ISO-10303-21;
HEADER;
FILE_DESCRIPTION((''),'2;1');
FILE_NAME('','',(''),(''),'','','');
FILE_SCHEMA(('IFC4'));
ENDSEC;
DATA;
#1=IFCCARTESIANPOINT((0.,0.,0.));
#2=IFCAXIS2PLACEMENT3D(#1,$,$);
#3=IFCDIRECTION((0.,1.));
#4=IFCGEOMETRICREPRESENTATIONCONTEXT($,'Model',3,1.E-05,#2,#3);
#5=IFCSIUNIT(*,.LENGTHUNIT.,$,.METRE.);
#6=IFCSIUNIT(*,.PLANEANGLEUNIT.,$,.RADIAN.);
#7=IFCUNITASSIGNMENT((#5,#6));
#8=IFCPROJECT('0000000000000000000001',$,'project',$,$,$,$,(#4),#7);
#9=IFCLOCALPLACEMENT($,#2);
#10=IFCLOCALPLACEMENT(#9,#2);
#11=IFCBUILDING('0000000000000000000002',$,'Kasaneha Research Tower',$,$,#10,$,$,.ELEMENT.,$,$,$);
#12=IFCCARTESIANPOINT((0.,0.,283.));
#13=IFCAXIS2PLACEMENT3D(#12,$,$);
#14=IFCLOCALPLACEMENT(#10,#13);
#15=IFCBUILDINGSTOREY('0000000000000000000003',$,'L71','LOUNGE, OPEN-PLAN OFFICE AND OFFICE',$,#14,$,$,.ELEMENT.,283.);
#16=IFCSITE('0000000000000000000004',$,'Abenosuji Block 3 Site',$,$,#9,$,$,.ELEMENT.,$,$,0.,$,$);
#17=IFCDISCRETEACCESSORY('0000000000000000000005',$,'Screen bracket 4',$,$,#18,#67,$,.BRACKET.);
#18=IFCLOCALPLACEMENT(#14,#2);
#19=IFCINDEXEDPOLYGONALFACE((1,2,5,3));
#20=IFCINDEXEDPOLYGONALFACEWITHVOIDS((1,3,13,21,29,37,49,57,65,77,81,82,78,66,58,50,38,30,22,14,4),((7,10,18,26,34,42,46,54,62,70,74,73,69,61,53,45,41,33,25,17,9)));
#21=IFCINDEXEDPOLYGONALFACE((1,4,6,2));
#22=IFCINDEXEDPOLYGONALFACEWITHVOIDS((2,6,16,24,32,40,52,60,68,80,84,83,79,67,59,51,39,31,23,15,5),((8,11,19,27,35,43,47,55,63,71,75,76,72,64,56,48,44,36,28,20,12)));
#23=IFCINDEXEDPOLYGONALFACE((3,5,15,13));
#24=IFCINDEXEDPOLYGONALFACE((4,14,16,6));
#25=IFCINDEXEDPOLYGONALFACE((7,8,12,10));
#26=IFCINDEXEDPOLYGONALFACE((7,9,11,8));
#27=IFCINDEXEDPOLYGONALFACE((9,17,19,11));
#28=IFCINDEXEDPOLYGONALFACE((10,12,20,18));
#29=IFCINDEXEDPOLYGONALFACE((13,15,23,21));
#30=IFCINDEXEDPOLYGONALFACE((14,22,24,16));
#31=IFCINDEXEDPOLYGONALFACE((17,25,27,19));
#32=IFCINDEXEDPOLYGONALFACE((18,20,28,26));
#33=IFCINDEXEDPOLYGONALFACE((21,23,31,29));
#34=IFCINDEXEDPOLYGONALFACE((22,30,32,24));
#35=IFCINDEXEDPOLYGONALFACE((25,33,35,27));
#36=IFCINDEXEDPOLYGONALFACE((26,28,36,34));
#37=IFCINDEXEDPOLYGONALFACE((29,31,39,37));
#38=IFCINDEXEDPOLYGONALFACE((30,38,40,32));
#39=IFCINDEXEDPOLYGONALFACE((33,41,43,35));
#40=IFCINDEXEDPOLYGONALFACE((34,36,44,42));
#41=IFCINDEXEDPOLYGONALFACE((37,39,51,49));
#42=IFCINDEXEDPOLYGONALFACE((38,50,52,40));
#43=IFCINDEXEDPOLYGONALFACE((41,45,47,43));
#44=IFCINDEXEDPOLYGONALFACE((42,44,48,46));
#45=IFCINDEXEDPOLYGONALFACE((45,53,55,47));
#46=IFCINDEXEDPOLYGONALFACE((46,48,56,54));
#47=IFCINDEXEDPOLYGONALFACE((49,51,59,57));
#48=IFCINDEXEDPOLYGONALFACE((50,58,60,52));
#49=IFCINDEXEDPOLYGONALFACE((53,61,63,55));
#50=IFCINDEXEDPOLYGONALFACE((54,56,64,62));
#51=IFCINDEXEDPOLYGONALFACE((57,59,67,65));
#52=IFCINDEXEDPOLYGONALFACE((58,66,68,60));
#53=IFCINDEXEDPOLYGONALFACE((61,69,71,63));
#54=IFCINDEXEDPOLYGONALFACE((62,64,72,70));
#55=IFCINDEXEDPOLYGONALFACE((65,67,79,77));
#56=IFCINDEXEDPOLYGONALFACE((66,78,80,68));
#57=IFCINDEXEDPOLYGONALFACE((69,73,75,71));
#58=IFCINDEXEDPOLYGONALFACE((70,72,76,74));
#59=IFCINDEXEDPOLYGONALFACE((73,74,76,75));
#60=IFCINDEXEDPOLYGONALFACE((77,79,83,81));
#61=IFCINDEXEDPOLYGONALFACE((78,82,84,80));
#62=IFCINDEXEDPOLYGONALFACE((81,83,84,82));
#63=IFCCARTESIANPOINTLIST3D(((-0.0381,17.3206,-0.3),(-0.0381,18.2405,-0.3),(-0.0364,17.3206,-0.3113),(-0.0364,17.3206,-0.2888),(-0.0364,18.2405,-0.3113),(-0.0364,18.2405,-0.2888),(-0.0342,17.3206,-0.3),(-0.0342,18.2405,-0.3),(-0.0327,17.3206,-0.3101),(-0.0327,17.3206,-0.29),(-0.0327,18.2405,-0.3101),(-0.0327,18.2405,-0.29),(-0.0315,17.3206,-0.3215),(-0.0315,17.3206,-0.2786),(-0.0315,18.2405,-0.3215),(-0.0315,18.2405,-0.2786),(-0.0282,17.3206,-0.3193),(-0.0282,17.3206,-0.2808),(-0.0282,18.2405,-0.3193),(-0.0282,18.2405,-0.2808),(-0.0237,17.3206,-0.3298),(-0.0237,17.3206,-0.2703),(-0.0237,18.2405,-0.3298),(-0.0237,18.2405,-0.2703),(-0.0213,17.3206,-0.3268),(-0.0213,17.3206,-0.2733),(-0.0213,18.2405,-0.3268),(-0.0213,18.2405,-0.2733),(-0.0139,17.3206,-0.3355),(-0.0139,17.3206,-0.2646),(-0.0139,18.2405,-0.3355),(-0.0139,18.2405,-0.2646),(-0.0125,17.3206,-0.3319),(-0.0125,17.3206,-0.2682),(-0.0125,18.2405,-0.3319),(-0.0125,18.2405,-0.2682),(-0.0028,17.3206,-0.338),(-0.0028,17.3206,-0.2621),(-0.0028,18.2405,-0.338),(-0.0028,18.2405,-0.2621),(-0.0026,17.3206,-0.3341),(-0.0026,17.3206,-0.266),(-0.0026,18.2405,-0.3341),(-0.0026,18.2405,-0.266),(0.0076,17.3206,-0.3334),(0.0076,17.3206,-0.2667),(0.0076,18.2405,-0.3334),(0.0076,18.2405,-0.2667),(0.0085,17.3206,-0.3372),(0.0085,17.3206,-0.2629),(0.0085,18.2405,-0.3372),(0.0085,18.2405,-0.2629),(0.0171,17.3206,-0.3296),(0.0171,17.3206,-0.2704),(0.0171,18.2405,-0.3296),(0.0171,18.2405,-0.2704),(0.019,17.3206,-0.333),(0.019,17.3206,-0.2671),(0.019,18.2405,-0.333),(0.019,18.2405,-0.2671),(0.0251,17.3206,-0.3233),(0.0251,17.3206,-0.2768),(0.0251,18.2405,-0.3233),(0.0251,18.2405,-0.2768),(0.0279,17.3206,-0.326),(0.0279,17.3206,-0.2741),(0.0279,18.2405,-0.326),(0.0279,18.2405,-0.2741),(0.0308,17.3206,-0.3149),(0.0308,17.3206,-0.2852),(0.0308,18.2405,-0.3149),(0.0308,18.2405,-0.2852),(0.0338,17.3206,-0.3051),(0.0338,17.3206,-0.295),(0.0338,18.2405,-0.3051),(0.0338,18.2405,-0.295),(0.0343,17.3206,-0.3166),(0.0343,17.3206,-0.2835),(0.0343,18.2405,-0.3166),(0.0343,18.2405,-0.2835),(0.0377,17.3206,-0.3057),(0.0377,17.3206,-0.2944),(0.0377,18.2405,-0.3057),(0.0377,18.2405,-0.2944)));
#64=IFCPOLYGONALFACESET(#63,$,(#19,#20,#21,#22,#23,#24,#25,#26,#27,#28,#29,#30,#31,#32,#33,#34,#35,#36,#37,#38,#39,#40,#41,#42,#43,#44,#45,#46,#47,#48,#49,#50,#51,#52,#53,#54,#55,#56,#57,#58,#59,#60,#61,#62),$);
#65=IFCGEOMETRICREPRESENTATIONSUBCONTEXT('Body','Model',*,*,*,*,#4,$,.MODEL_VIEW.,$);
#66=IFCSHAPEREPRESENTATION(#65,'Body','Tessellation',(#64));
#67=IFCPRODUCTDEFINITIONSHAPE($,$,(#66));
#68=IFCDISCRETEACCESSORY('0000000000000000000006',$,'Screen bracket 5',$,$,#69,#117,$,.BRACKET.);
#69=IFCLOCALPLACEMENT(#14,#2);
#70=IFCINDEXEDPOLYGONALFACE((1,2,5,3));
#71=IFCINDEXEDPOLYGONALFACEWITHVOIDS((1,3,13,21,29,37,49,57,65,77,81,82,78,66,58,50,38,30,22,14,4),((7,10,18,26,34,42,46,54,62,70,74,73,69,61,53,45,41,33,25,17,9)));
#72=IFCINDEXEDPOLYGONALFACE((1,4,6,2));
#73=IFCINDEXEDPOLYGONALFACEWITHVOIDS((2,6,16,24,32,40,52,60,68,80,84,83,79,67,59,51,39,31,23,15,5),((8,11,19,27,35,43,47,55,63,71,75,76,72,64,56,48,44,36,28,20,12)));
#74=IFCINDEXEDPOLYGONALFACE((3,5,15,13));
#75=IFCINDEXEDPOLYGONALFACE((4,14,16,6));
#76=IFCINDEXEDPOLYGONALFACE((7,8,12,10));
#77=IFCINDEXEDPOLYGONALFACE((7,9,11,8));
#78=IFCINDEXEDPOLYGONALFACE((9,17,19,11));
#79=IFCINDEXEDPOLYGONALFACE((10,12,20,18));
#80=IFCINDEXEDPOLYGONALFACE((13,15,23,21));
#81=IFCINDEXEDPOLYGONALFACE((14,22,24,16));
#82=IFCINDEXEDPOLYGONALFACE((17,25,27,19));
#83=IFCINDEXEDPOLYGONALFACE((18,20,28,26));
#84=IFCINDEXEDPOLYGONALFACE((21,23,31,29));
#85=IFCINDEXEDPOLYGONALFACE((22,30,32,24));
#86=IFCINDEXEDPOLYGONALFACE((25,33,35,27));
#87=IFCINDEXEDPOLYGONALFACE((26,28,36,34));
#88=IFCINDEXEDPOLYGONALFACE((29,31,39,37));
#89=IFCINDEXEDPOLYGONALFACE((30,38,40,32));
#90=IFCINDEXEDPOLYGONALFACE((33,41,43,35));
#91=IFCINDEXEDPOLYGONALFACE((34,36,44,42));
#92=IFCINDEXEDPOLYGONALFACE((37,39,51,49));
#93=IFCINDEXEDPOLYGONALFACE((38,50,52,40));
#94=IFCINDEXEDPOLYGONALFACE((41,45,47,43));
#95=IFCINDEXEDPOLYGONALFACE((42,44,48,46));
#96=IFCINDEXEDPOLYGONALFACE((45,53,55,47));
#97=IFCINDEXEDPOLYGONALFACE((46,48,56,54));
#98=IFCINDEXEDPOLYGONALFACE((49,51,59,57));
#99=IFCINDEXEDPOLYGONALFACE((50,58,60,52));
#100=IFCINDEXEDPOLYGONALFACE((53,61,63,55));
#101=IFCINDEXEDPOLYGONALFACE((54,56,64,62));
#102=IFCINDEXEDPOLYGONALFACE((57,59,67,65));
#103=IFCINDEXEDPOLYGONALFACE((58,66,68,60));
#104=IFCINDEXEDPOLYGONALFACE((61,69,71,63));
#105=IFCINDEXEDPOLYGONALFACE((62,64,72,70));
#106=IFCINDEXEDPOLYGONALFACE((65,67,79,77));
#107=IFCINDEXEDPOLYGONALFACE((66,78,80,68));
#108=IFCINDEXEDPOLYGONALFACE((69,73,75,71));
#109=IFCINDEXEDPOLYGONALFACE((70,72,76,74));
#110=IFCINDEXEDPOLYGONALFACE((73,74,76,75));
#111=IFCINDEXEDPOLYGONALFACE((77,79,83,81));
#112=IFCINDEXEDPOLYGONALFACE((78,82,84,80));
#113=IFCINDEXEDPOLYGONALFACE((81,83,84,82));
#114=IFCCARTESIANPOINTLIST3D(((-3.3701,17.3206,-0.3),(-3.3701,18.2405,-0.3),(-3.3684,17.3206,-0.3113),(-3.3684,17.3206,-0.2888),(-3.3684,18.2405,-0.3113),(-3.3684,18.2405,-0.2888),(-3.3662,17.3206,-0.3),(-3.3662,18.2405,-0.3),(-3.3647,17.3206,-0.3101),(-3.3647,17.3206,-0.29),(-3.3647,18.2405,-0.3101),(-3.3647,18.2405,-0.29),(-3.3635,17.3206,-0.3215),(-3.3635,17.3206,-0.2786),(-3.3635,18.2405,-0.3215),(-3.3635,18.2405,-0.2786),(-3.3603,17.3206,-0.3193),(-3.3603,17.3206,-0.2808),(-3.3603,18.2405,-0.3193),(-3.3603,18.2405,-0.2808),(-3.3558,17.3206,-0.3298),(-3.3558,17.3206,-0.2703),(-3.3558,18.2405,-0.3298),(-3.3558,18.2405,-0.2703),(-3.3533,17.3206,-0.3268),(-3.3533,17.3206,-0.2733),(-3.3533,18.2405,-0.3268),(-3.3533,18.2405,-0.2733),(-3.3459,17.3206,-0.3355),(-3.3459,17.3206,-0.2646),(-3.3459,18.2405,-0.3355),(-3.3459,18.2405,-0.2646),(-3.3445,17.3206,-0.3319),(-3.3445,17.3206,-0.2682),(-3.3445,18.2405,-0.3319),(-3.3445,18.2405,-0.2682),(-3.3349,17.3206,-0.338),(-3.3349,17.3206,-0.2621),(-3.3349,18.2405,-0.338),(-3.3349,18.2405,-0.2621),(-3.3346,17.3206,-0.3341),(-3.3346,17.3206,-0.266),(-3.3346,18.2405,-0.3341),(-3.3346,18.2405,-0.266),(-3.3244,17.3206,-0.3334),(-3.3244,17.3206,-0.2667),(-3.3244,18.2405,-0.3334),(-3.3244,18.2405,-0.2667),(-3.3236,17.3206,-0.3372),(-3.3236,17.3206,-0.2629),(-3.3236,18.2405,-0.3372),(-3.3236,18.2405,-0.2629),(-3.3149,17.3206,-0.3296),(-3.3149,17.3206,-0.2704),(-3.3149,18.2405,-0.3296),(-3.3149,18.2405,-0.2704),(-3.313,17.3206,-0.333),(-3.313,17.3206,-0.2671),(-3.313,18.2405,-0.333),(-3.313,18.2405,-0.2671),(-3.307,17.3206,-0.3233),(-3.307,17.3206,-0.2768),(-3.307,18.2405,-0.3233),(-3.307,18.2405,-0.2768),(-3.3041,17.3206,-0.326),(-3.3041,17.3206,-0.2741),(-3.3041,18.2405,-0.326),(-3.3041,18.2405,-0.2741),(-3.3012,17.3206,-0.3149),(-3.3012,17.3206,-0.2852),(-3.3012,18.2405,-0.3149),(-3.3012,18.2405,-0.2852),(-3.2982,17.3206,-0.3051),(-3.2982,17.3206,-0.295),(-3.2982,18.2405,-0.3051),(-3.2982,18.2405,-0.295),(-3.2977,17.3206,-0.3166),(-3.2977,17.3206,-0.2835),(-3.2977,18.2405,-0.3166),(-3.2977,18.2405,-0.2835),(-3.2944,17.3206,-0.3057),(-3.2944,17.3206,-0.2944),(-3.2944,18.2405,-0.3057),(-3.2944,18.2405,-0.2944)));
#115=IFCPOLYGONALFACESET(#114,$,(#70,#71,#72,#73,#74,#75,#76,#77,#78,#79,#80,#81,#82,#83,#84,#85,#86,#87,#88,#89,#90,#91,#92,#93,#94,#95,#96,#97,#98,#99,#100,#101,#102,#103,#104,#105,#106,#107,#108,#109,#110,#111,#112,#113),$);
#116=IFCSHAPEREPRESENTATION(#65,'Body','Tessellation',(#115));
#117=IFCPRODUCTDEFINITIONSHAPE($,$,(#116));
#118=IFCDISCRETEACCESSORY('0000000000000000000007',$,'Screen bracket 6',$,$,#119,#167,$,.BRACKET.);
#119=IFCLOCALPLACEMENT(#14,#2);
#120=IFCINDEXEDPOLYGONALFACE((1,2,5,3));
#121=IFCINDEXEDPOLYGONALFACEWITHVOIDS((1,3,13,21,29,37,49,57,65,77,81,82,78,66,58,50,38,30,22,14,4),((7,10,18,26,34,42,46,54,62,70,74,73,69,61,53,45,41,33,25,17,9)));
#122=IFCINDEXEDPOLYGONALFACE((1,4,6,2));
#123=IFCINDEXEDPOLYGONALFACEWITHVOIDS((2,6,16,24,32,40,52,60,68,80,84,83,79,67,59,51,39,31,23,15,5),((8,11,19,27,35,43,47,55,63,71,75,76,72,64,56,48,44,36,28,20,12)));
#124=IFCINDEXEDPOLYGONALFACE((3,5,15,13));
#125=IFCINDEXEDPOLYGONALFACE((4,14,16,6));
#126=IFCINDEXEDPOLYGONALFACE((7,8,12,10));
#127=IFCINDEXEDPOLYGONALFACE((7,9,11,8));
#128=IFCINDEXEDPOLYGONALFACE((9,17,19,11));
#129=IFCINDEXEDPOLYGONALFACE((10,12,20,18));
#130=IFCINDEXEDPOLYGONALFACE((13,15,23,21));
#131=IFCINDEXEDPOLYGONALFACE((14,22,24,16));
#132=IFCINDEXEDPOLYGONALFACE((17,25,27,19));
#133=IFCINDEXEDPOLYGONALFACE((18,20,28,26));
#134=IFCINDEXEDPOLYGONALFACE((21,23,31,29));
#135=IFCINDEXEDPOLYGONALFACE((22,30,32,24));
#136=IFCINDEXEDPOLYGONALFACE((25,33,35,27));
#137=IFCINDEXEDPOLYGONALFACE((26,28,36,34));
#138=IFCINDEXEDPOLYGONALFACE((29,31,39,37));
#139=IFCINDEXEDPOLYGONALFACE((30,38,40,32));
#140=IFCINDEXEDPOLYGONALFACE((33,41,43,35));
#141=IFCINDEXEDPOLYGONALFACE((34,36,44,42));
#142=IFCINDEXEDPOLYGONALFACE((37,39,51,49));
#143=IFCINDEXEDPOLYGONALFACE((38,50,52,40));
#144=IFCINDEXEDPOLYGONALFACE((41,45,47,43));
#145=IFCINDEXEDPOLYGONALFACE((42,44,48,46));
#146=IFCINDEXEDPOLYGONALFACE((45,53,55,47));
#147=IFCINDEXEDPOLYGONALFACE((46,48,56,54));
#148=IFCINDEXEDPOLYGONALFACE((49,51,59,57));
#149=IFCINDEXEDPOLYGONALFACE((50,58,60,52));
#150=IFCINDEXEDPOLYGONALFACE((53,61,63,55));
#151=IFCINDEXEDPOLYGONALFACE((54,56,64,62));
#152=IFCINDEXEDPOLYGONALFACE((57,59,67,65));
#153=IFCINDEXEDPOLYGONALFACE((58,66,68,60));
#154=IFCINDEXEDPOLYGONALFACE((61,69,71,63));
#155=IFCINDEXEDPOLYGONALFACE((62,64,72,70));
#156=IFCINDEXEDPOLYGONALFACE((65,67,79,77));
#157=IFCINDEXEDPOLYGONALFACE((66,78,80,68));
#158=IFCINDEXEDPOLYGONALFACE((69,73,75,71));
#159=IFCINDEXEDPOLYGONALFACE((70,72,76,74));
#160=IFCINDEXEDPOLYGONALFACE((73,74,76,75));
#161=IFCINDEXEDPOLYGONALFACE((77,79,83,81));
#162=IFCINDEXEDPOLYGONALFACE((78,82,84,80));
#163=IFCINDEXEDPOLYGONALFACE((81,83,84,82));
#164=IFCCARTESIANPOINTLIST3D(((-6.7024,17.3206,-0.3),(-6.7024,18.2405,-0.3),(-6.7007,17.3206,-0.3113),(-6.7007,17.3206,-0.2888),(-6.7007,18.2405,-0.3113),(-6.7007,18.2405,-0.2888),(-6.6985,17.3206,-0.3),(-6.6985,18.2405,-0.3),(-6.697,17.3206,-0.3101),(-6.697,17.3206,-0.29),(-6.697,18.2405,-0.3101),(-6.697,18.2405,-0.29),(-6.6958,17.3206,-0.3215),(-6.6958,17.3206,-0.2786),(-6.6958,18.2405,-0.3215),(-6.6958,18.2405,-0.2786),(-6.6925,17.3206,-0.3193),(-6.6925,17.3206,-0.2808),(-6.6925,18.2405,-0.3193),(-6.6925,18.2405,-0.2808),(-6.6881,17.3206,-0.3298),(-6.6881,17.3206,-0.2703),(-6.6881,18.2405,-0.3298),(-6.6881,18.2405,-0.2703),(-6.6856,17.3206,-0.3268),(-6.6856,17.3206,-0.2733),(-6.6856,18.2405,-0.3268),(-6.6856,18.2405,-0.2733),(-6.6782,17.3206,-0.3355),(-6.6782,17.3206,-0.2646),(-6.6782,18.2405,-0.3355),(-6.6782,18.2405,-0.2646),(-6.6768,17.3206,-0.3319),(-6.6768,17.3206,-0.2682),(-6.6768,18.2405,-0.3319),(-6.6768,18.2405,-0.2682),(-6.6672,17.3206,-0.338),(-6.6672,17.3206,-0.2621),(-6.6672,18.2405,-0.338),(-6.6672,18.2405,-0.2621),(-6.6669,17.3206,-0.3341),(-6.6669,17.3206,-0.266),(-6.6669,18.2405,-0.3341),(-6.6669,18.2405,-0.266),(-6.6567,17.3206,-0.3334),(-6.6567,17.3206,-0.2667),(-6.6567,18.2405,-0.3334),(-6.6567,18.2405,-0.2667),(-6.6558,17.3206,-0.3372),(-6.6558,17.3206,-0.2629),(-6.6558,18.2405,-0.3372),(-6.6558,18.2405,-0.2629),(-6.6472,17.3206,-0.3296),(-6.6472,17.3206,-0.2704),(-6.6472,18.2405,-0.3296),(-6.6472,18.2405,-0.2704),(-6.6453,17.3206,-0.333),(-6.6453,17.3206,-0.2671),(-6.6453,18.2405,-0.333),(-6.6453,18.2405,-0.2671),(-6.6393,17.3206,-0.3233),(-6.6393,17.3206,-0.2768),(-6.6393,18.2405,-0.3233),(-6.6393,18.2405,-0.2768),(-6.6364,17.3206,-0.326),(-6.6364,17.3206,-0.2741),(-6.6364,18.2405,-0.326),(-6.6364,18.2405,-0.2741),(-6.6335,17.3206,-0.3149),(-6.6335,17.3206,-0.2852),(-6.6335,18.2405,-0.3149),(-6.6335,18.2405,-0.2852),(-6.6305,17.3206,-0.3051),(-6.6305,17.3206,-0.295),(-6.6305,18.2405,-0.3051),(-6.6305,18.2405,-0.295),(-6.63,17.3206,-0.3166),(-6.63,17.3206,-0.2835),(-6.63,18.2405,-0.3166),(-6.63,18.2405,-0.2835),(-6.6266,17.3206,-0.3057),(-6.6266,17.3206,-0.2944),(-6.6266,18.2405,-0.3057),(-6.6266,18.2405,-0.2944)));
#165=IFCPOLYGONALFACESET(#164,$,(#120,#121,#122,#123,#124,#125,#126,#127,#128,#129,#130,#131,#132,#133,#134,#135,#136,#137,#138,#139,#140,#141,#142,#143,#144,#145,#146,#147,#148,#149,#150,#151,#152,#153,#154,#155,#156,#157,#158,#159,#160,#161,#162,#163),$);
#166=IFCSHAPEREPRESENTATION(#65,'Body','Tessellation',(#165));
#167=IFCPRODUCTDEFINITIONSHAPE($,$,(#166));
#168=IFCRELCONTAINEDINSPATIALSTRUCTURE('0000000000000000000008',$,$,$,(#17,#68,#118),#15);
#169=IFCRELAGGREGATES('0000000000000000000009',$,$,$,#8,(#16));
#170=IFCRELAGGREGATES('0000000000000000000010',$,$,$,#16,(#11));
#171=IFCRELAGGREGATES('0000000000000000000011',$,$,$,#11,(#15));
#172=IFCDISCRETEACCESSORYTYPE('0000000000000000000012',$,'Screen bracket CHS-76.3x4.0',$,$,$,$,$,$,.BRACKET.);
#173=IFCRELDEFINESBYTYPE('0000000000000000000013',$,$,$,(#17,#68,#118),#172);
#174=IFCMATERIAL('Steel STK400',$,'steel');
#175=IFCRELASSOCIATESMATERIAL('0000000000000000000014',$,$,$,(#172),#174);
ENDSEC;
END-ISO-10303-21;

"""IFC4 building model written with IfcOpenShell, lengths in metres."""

from ifc_helpers import new_model, si_unit, direction, frame, origin, origin_2d, place, context, subcontext, project, spatial, hollow_circle, extrude, material, material_profile, profile_set, type_object, element, save


model = new_model("IFC4")

# Units and contexts
model_context = context("Model", 3, precision=1e-05, world=origin(), true_north=direction((0.0, 1.0)))
body_context = subcontext(model_context, "Body", "Model", "MODEL_VIEW")
ifc_project = project(units=[si_unit("LENGTHUNIT", "METRE"), si_unit("PLANEANGLEUNIT", "RADIAN")], contexts=[model_context])

# Site, building, storey
site_placement = place(None, origin())
site = spatial("IfcSite", under=ifc_project, at=site_placement, Name="Abenosuji Block 3 Site", CompositionType="ELEMENT", RefElevation=0.0)
building_placement = place(site_placement, origin())
building = spatial("IfcBuilding", under=site, at=building_placement, Name="Kasaneha Research Tower", CompositionType="ELEMENT")
storey_placement = place(building_placement, frame((0.0, 0.0, 283.0)))
storey = spatial("IfcBuildingStorey", under=building, at=storey_placement, Name="L71", Description="LOUNGE, OPEN-PLAN OFFICE AND OFFICE", CompositionType="ELEMENT", Elevation=283.0)

# Discrete accessories
ifc_material_1 = material(Name="Steel STK400", Category="steel")
ifc_material_profile_1 = material_profile(ifc_material_1, hollow_circle(Radius=0.0381, WallThickness=0.0039, at=origin_2d()), Name="CHS-76.3x4.0")
ifc_profile_set_1 = profile_set([ifc_material_profile_1], Name="Steel STK400")
discrete_accessory_type = type_object("IfcDiscreteAccessoryType", Name="Screen bracket CHS-76.3x4.0", PredefinedType="BRACKET", material=ifc_profile_set_1)
for number, where, z_axis, x_axis, name in (
    (1, (0.0, 17.3206, -0.3), (0.0, 1.0, 0.0), (-1.0, 0.0, 0.0), "Screen bracket 4"),
    (2, (-3.332, 17.3206, -0.3), (0.0, 1.0, 0.0), (-1.0, 0.0, 0.0), "Screen bracket 5"),
    (3, (-6.6643, 17.3206, -0.3), (0.0, 1.0, 0.0), (-1.0, 0.0, 0.0), "Screen bracket 6"),
):
    element("IfcDiscreteAccessory", number, at=place(storey_placement, frame(where, z_axis=z_axis, x_axis=x_axis)), inside=storey, type_object=discrete_accessory_type, Name=name, PredefinedType="BRACKET", context=body_context, shape_type="SweptSolid", body=[
        extrude(hollow_circle(Radius=0.0381, WallThickness=0.0039, at=origin_2d()), origin(), (0.0, 0.0, 1.0), 0.9199),
    ])

save(model, "model.ifc")
